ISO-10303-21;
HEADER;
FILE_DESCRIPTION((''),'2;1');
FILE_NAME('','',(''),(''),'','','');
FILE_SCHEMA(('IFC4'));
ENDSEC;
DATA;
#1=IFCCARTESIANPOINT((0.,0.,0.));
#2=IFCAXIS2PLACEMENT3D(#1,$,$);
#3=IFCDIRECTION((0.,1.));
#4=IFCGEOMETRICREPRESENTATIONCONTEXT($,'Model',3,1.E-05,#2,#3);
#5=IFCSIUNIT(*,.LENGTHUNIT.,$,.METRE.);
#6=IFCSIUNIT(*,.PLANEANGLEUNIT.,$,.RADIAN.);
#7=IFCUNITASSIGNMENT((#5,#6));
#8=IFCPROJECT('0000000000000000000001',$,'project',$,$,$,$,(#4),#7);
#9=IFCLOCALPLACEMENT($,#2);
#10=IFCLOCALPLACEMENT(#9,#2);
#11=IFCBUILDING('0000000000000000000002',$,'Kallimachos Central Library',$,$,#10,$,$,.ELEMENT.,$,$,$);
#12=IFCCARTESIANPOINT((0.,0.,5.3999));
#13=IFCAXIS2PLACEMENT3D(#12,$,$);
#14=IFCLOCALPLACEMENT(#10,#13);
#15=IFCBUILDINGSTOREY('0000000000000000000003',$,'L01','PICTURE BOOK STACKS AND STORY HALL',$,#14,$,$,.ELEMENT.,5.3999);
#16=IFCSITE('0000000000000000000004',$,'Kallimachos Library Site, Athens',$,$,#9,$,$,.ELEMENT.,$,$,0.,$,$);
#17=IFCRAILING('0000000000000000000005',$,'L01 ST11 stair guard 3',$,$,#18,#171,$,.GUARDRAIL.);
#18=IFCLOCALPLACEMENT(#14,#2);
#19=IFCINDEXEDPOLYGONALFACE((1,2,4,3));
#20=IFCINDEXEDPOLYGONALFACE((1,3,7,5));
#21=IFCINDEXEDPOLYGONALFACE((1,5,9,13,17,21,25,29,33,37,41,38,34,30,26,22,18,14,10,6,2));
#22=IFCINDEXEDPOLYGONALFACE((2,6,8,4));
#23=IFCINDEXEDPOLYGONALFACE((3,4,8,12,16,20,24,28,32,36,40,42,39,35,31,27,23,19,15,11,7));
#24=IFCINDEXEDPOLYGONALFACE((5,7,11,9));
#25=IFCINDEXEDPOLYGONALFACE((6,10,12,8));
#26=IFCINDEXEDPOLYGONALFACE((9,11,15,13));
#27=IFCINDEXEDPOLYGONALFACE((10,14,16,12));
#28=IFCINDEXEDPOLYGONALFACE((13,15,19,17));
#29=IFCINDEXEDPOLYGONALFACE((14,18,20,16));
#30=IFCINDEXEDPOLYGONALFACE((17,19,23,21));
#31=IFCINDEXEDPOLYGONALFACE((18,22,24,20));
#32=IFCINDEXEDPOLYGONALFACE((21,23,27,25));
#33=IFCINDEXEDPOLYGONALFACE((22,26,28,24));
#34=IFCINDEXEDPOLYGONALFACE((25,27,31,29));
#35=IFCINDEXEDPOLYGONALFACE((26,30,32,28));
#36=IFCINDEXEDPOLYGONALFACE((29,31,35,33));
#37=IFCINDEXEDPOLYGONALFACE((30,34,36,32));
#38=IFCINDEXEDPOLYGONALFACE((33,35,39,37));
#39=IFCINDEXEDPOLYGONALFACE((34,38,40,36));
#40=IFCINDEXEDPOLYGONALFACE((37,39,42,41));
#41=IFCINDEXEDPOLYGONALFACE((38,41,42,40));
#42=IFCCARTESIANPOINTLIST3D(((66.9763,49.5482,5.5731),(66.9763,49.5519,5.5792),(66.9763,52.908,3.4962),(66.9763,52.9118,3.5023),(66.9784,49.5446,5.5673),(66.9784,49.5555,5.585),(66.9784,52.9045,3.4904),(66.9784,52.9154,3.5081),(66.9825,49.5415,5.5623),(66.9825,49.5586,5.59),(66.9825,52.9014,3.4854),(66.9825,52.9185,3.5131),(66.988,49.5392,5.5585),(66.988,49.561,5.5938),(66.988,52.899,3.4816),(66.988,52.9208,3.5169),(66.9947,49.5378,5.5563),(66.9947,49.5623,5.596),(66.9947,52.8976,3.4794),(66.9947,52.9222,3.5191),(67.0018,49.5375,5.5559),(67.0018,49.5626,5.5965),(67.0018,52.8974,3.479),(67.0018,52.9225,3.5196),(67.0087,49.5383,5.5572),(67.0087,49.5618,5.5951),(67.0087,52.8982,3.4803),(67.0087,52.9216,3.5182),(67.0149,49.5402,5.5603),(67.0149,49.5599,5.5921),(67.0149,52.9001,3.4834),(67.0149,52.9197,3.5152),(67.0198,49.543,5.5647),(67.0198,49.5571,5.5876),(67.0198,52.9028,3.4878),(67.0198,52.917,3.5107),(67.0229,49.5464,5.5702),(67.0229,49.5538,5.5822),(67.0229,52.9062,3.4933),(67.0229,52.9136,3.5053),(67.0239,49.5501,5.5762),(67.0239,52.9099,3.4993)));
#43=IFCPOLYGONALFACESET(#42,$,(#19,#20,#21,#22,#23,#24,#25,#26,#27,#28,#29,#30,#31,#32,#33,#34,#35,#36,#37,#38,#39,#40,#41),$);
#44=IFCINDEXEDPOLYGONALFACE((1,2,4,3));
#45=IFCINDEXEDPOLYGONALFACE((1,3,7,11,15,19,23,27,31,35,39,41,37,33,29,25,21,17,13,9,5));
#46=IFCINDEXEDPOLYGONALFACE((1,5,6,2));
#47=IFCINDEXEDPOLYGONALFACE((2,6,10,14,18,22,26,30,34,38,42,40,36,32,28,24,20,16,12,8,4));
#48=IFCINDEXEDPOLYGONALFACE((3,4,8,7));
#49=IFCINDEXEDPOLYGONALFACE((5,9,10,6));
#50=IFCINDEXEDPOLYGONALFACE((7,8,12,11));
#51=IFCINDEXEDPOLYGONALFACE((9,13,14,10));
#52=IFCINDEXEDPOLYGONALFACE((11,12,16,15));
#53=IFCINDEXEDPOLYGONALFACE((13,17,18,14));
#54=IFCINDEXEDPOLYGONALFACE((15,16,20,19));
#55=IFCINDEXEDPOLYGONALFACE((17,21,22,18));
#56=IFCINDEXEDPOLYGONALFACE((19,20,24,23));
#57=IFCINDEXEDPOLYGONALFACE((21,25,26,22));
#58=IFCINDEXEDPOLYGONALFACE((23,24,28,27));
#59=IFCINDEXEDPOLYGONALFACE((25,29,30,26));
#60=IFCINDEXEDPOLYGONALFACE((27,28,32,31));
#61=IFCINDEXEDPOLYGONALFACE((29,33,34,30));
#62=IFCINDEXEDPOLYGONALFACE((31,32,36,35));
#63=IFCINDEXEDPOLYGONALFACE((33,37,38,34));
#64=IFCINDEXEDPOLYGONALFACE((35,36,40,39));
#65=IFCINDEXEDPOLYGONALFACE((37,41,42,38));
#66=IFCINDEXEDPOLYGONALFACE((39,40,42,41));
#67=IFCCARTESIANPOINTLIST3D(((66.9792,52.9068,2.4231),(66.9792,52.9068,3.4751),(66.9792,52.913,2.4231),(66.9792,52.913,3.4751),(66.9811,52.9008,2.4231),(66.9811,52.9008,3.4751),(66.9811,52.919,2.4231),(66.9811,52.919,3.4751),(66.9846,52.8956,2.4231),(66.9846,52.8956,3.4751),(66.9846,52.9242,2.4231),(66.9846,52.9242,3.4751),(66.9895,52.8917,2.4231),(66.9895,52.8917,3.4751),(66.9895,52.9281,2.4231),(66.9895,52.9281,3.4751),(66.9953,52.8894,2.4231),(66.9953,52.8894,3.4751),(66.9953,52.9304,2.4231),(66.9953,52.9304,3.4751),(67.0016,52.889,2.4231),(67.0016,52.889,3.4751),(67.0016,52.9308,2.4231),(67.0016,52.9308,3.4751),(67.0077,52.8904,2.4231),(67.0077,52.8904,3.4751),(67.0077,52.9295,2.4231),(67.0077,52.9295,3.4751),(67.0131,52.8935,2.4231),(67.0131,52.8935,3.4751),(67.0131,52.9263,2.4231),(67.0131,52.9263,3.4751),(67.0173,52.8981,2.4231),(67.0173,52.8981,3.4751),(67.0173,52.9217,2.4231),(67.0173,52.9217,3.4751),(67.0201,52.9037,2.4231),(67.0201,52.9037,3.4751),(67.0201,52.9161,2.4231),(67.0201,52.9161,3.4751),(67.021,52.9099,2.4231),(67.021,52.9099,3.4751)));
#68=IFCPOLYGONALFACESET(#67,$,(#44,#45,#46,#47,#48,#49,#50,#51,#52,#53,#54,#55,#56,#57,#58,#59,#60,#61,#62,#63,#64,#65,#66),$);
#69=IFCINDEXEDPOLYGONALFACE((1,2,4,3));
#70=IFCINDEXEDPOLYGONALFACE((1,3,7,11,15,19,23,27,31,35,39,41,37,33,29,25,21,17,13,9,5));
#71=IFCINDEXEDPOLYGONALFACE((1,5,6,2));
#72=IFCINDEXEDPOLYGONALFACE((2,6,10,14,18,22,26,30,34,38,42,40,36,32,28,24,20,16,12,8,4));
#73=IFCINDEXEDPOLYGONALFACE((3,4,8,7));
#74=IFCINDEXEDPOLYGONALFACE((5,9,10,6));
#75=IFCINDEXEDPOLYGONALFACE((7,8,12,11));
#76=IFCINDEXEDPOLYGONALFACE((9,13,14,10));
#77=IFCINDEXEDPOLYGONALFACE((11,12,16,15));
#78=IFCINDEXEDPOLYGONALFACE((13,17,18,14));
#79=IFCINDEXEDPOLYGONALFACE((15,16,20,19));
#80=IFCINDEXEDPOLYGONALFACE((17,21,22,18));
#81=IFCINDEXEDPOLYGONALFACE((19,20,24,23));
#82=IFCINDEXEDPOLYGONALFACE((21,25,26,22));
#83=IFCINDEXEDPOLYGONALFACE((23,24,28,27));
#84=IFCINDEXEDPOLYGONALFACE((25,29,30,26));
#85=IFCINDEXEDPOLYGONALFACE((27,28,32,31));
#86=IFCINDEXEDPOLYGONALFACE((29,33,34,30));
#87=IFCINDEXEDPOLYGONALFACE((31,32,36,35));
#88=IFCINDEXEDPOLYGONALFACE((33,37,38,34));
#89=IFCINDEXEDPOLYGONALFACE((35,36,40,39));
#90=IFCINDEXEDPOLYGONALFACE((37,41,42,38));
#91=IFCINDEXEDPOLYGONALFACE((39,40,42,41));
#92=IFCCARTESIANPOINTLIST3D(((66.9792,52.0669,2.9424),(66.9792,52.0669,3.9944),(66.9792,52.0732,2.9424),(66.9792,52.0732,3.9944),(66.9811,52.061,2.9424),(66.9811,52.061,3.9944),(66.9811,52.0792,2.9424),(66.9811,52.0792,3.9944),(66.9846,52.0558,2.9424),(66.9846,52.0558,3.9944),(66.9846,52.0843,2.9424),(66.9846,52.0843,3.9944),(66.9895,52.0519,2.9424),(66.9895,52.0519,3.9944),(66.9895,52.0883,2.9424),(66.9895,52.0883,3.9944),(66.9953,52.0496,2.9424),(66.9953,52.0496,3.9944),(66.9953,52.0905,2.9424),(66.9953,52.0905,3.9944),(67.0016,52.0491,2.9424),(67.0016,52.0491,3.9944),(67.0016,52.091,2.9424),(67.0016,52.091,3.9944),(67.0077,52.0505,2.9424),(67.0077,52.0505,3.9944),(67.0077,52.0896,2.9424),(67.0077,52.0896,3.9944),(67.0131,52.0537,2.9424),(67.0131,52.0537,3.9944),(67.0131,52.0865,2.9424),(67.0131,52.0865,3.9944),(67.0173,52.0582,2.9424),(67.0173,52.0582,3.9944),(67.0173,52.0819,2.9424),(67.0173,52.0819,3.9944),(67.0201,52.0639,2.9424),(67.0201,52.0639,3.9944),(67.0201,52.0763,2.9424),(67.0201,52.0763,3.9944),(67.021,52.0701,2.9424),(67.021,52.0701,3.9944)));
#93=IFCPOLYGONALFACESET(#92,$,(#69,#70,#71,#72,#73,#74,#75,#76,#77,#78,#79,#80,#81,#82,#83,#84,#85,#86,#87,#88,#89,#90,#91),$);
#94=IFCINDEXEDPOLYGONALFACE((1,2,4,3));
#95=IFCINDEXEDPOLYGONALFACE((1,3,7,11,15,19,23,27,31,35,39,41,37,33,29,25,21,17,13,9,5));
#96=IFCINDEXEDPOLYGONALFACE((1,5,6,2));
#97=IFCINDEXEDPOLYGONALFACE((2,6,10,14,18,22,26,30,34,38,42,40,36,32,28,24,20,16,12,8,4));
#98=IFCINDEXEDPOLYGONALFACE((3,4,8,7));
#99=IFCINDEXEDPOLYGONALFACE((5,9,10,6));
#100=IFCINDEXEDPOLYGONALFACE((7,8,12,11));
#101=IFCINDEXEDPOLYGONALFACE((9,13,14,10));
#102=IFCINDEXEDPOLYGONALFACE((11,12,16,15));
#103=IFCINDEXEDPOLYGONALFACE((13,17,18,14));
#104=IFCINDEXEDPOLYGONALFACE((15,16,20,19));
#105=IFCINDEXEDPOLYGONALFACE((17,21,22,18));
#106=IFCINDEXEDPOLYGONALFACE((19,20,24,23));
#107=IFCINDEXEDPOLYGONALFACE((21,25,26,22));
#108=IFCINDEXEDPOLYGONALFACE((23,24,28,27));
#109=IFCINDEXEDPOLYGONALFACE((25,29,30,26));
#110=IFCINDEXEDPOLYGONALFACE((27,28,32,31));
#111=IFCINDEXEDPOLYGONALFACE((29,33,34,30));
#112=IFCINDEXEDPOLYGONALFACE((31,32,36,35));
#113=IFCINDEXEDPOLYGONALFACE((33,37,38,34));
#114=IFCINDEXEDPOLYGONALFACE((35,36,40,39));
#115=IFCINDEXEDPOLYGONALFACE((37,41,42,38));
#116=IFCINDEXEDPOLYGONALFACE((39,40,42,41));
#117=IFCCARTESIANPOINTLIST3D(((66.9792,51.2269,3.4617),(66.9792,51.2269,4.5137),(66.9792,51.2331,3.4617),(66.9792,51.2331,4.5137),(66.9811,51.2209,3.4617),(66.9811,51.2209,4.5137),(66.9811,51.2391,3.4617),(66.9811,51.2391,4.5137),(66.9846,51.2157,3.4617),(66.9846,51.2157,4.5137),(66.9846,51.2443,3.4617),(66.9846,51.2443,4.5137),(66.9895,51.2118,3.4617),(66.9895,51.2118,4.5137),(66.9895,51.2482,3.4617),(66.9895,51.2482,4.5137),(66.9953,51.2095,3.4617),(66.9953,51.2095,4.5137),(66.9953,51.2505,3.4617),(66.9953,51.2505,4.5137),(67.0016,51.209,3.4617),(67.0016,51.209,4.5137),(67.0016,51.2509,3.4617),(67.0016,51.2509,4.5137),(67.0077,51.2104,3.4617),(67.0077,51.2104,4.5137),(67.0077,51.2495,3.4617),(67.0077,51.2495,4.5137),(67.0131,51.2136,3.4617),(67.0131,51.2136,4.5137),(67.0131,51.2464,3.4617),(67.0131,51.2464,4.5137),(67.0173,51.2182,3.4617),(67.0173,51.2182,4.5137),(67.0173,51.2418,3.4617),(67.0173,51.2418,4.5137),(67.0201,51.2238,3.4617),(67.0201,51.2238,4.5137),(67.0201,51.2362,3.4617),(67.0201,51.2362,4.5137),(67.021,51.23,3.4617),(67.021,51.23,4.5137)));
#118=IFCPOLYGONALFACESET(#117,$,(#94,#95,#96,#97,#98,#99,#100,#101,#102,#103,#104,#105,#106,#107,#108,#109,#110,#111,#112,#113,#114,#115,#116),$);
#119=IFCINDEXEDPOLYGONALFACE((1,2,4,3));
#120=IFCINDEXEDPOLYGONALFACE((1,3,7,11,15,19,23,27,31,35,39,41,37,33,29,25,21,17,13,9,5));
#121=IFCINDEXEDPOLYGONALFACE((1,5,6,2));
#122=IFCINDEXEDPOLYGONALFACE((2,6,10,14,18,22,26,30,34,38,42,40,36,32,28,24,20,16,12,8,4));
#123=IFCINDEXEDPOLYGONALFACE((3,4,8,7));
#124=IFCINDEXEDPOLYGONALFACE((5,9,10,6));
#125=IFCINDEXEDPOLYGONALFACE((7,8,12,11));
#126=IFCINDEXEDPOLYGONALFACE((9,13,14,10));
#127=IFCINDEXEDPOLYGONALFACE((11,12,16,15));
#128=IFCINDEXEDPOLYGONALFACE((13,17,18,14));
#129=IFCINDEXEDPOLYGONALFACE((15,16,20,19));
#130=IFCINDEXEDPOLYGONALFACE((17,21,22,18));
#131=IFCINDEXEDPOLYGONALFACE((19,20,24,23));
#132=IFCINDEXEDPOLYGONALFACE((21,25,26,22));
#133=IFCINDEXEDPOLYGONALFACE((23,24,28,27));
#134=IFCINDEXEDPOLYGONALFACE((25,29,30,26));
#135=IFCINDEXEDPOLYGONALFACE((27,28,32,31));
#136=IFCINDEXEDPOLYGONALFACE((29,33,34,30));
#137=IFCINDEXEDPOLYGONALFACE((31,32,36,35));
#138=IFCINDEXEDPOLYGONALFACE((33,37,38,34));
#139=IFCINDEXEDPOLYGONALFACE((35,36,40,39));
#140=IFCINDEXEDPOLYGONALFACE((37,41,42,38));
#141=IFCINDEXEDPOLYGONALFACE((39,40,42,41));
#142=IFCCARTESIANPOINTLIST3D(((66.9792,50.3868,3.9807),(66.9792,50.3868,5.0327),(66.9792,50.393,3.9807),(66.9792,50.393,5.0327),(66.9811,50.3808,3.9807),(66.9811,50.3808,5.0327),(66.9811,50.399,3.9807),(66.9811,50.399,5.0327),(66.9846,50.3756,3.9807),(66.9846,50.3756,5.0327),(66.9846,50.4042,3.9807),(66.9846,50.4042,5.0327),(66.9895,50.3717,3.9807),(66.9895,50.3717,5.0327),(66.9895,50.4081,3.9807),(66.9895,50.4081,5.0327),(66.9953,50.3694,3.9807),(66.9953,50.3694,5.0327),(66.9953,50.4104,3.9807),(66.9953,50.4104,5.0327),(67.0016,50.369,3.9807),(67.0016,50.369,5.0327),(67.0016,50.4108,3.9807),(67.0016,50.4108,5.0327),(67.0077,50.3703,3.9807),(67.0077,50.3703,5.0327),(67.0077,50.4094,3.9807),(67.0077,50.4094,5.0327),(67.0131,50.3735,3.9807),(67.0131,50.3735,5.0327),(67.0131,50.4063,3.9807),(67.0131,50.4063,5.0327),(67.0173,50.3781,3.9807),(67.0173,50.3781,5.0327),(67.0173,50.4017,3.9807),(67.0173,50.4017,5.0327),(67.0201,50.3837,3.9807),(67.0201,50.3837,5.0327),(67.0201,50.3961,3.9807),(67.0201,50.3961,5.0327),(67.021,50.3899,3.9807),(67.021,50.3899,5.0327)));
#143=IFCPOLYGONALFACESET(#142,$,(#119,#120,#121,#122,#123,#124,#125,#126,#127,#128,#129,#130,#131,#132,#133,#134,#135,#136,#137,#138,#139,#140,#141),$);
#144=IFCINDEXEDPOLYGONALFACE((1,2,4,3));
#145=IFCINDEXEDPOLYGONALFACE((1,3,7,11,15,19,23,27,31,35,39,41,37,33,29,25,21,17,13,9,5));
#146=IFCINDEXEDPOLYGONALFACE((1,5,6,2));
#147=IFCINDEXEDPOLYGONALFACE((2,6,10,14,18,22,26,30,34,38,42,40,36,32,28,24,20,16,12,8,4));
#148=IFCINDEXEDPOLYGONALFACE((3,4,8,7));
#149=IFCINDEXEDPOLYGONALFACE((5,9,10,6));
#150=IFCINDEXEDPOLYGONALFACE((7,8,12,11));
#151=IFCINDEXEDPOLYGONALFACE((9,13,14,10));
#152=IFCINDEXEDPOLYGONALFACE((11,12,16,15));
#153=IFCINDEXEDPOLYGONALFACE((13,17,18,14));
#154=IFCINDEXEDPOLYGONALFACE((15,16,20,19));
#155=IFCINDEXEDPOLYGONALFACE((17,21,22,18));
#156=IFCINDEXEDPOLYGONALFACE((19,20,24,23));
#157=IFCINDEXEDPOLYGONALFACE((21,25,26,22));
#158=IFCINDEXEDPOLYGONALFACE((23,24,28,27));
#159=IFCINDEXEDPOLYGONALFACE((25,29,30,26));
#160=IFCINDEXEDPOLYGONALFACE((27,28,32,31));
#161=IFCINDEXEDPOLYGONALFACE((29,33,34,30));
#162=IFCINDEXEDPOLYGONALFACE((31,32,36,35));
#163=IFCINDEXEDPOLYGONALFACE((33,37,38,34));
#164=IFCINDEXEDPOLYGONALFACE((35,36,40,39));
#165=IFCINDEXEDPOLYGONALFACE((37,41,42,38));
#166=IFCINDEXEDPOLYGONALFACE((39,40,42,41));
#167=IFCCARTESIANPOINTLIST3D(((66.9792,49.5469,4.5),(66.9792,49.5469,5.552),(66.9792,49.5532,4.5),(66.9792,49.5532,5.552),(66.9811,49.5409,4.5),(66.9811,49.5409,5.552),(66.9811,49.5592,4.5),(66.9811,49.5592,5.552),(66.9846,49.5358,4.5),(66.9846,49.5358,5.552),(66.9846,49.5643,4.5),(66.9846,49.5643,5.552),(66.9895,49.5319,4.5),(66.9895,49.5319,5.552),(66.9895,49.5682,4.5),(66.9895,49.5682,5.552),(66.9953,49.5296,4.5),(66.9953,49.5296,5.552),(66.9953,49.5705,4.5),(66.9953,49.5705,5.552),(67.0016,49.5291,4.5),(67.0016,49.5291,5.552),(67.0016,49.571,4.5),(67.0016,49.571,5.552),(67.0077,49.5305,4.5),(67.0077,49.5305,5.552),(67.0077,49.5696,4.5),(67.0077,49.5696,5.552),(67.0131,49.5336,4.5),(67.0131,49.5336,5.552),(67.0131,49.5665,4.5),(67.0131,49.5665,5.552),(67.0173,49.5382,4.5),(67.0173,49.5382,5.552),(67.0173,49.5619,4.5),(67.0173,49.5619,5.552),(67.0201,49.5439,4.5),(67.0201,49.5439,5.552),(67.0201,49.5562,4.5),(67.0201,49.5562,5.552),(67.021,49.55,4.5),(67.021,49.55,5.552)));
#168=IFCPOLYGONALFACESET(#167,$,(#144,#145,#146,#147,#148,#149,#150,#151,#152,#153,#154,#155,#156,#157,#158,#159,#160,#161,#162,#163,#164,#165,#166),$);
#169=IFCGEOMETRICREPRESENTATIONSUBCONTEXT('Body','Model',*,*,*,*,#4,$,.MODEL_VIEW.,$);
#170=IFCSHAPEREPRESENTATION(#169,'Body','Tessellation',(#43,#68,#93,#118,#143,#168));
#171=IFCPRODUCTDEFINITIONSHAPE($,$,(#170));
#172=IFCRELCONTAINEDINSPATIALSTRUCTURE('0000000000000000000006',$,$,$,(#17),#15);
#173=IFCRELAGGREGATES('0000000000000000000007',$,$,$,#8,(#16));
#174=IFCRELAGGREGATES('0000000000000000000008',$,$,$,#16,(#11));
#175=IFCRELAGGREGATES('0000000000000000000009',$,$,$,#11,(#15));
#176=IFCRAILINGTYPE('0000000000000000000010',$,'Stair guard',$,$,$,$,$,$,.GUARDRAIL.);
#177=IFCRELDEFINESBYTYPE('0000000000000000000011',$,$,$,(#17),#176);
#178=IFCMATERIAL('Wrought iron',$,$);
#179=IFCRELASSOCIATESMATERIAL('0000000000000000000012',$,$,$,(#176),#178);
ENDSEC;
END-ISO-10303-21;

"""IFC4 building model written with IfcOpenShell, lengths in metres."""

from ifc_helpers import new_model, si_unit, direction, frame, origin, origin_2d, place, context, subcontext, project, spatial, circle, extrude, material, type_object, element, save


model = new_model("IFC4")

# Units and contexts
model_context = context("Model", 3, precision=1e-05, world=origin(), true_north=direction((0.0, 1.0)))
body_context = subcontext(model_context, "Body", "Model", "MODEL_VIEW")
ifc_project = project(units=[si_unit("LENGTHUNIT", "METRE"), si_unit("PLANEANGLEUNIT", "RADIAN")], contexts=[model_context])

# Site, building, storey
site_placement = place(None, origin())
site = spatial("IfcSite", under=ifc_project, at=site_placement, Name="Kallimachos Library Site, Athens", CompositionType="ELEMENT", RefElevation=0.0)
building_placement = place(site_placement, origin())
building = spatial("IfcBuilding", under=site, at=building_placement, Name="Kallimachos Central Library", CompositionType="ELEMENT")
storey_placement = place(building_placement, frame((0.0, 0.0, 5.3999)))
storey = spatial("IfcBuildingStorey", under=building, at=storey_placement, Name="L01", Description="PICTURE BOOK STACKS AND STORY HALL", CompositionType="ELEMENT", Elevation=5.3999)

# Railing
ifc_material_1 = material(Name="Wrought iron")
railing_type_1 = type_object("IfcRailingType", Name="Stair guard", PredefinedType="GUARDRAIL", material=ifc_material_1)
railing_1_placement = place(storey_placement, frame((67.0, 52.9099, 2.4231)))
element("IfcRailing", 1, at=railing_1_placement, inside=storey, type_object=railing_type_1, Name="L01 ST11 stair guard 3", PredefinedType="GUARDRAIL", context=body_context, shape_type="SweptSolid", body=[
    extrude(circle(Radius=0.0239, at=origin_2d()), frame((0.0, 0.0, 1.0762), z_axis=(0.0, -0.850606, 0.525803), x_axis=(1.0, 0.0, 0.0)), (0.0, 0.0, 1.0), 3.95),
    extrude(circle(Radius=0.021, at=origin_2d()), origin(), (0.0, 0.0, 1.0), 1.052),
    extrude(circle(Radius=0.021, at=origin_2d()), frame((0.0, -0.8398, 0.5193)), (0.0, 0.0, 1.0), 1.052),
    extrude(circle(Radius=0.021, at=origin_2d()), frame((0.0, -1.6799, 1.0386)), (0.0, 0.0, 1.0), 1.052),
    extrude(circle(Radius=0.021, at=origin_2d()), frame((0.0, -2.52, 1.5576)), (0.0, 0.0, 1.0), 1.052),
    extrude(circle(Radius=0.021, at=origin_2d()), frame((0.0, -3.3599, 2.0769)), (0.0, 0.0, 1.0), 1.052),
])

save(model, "model.ifc")
